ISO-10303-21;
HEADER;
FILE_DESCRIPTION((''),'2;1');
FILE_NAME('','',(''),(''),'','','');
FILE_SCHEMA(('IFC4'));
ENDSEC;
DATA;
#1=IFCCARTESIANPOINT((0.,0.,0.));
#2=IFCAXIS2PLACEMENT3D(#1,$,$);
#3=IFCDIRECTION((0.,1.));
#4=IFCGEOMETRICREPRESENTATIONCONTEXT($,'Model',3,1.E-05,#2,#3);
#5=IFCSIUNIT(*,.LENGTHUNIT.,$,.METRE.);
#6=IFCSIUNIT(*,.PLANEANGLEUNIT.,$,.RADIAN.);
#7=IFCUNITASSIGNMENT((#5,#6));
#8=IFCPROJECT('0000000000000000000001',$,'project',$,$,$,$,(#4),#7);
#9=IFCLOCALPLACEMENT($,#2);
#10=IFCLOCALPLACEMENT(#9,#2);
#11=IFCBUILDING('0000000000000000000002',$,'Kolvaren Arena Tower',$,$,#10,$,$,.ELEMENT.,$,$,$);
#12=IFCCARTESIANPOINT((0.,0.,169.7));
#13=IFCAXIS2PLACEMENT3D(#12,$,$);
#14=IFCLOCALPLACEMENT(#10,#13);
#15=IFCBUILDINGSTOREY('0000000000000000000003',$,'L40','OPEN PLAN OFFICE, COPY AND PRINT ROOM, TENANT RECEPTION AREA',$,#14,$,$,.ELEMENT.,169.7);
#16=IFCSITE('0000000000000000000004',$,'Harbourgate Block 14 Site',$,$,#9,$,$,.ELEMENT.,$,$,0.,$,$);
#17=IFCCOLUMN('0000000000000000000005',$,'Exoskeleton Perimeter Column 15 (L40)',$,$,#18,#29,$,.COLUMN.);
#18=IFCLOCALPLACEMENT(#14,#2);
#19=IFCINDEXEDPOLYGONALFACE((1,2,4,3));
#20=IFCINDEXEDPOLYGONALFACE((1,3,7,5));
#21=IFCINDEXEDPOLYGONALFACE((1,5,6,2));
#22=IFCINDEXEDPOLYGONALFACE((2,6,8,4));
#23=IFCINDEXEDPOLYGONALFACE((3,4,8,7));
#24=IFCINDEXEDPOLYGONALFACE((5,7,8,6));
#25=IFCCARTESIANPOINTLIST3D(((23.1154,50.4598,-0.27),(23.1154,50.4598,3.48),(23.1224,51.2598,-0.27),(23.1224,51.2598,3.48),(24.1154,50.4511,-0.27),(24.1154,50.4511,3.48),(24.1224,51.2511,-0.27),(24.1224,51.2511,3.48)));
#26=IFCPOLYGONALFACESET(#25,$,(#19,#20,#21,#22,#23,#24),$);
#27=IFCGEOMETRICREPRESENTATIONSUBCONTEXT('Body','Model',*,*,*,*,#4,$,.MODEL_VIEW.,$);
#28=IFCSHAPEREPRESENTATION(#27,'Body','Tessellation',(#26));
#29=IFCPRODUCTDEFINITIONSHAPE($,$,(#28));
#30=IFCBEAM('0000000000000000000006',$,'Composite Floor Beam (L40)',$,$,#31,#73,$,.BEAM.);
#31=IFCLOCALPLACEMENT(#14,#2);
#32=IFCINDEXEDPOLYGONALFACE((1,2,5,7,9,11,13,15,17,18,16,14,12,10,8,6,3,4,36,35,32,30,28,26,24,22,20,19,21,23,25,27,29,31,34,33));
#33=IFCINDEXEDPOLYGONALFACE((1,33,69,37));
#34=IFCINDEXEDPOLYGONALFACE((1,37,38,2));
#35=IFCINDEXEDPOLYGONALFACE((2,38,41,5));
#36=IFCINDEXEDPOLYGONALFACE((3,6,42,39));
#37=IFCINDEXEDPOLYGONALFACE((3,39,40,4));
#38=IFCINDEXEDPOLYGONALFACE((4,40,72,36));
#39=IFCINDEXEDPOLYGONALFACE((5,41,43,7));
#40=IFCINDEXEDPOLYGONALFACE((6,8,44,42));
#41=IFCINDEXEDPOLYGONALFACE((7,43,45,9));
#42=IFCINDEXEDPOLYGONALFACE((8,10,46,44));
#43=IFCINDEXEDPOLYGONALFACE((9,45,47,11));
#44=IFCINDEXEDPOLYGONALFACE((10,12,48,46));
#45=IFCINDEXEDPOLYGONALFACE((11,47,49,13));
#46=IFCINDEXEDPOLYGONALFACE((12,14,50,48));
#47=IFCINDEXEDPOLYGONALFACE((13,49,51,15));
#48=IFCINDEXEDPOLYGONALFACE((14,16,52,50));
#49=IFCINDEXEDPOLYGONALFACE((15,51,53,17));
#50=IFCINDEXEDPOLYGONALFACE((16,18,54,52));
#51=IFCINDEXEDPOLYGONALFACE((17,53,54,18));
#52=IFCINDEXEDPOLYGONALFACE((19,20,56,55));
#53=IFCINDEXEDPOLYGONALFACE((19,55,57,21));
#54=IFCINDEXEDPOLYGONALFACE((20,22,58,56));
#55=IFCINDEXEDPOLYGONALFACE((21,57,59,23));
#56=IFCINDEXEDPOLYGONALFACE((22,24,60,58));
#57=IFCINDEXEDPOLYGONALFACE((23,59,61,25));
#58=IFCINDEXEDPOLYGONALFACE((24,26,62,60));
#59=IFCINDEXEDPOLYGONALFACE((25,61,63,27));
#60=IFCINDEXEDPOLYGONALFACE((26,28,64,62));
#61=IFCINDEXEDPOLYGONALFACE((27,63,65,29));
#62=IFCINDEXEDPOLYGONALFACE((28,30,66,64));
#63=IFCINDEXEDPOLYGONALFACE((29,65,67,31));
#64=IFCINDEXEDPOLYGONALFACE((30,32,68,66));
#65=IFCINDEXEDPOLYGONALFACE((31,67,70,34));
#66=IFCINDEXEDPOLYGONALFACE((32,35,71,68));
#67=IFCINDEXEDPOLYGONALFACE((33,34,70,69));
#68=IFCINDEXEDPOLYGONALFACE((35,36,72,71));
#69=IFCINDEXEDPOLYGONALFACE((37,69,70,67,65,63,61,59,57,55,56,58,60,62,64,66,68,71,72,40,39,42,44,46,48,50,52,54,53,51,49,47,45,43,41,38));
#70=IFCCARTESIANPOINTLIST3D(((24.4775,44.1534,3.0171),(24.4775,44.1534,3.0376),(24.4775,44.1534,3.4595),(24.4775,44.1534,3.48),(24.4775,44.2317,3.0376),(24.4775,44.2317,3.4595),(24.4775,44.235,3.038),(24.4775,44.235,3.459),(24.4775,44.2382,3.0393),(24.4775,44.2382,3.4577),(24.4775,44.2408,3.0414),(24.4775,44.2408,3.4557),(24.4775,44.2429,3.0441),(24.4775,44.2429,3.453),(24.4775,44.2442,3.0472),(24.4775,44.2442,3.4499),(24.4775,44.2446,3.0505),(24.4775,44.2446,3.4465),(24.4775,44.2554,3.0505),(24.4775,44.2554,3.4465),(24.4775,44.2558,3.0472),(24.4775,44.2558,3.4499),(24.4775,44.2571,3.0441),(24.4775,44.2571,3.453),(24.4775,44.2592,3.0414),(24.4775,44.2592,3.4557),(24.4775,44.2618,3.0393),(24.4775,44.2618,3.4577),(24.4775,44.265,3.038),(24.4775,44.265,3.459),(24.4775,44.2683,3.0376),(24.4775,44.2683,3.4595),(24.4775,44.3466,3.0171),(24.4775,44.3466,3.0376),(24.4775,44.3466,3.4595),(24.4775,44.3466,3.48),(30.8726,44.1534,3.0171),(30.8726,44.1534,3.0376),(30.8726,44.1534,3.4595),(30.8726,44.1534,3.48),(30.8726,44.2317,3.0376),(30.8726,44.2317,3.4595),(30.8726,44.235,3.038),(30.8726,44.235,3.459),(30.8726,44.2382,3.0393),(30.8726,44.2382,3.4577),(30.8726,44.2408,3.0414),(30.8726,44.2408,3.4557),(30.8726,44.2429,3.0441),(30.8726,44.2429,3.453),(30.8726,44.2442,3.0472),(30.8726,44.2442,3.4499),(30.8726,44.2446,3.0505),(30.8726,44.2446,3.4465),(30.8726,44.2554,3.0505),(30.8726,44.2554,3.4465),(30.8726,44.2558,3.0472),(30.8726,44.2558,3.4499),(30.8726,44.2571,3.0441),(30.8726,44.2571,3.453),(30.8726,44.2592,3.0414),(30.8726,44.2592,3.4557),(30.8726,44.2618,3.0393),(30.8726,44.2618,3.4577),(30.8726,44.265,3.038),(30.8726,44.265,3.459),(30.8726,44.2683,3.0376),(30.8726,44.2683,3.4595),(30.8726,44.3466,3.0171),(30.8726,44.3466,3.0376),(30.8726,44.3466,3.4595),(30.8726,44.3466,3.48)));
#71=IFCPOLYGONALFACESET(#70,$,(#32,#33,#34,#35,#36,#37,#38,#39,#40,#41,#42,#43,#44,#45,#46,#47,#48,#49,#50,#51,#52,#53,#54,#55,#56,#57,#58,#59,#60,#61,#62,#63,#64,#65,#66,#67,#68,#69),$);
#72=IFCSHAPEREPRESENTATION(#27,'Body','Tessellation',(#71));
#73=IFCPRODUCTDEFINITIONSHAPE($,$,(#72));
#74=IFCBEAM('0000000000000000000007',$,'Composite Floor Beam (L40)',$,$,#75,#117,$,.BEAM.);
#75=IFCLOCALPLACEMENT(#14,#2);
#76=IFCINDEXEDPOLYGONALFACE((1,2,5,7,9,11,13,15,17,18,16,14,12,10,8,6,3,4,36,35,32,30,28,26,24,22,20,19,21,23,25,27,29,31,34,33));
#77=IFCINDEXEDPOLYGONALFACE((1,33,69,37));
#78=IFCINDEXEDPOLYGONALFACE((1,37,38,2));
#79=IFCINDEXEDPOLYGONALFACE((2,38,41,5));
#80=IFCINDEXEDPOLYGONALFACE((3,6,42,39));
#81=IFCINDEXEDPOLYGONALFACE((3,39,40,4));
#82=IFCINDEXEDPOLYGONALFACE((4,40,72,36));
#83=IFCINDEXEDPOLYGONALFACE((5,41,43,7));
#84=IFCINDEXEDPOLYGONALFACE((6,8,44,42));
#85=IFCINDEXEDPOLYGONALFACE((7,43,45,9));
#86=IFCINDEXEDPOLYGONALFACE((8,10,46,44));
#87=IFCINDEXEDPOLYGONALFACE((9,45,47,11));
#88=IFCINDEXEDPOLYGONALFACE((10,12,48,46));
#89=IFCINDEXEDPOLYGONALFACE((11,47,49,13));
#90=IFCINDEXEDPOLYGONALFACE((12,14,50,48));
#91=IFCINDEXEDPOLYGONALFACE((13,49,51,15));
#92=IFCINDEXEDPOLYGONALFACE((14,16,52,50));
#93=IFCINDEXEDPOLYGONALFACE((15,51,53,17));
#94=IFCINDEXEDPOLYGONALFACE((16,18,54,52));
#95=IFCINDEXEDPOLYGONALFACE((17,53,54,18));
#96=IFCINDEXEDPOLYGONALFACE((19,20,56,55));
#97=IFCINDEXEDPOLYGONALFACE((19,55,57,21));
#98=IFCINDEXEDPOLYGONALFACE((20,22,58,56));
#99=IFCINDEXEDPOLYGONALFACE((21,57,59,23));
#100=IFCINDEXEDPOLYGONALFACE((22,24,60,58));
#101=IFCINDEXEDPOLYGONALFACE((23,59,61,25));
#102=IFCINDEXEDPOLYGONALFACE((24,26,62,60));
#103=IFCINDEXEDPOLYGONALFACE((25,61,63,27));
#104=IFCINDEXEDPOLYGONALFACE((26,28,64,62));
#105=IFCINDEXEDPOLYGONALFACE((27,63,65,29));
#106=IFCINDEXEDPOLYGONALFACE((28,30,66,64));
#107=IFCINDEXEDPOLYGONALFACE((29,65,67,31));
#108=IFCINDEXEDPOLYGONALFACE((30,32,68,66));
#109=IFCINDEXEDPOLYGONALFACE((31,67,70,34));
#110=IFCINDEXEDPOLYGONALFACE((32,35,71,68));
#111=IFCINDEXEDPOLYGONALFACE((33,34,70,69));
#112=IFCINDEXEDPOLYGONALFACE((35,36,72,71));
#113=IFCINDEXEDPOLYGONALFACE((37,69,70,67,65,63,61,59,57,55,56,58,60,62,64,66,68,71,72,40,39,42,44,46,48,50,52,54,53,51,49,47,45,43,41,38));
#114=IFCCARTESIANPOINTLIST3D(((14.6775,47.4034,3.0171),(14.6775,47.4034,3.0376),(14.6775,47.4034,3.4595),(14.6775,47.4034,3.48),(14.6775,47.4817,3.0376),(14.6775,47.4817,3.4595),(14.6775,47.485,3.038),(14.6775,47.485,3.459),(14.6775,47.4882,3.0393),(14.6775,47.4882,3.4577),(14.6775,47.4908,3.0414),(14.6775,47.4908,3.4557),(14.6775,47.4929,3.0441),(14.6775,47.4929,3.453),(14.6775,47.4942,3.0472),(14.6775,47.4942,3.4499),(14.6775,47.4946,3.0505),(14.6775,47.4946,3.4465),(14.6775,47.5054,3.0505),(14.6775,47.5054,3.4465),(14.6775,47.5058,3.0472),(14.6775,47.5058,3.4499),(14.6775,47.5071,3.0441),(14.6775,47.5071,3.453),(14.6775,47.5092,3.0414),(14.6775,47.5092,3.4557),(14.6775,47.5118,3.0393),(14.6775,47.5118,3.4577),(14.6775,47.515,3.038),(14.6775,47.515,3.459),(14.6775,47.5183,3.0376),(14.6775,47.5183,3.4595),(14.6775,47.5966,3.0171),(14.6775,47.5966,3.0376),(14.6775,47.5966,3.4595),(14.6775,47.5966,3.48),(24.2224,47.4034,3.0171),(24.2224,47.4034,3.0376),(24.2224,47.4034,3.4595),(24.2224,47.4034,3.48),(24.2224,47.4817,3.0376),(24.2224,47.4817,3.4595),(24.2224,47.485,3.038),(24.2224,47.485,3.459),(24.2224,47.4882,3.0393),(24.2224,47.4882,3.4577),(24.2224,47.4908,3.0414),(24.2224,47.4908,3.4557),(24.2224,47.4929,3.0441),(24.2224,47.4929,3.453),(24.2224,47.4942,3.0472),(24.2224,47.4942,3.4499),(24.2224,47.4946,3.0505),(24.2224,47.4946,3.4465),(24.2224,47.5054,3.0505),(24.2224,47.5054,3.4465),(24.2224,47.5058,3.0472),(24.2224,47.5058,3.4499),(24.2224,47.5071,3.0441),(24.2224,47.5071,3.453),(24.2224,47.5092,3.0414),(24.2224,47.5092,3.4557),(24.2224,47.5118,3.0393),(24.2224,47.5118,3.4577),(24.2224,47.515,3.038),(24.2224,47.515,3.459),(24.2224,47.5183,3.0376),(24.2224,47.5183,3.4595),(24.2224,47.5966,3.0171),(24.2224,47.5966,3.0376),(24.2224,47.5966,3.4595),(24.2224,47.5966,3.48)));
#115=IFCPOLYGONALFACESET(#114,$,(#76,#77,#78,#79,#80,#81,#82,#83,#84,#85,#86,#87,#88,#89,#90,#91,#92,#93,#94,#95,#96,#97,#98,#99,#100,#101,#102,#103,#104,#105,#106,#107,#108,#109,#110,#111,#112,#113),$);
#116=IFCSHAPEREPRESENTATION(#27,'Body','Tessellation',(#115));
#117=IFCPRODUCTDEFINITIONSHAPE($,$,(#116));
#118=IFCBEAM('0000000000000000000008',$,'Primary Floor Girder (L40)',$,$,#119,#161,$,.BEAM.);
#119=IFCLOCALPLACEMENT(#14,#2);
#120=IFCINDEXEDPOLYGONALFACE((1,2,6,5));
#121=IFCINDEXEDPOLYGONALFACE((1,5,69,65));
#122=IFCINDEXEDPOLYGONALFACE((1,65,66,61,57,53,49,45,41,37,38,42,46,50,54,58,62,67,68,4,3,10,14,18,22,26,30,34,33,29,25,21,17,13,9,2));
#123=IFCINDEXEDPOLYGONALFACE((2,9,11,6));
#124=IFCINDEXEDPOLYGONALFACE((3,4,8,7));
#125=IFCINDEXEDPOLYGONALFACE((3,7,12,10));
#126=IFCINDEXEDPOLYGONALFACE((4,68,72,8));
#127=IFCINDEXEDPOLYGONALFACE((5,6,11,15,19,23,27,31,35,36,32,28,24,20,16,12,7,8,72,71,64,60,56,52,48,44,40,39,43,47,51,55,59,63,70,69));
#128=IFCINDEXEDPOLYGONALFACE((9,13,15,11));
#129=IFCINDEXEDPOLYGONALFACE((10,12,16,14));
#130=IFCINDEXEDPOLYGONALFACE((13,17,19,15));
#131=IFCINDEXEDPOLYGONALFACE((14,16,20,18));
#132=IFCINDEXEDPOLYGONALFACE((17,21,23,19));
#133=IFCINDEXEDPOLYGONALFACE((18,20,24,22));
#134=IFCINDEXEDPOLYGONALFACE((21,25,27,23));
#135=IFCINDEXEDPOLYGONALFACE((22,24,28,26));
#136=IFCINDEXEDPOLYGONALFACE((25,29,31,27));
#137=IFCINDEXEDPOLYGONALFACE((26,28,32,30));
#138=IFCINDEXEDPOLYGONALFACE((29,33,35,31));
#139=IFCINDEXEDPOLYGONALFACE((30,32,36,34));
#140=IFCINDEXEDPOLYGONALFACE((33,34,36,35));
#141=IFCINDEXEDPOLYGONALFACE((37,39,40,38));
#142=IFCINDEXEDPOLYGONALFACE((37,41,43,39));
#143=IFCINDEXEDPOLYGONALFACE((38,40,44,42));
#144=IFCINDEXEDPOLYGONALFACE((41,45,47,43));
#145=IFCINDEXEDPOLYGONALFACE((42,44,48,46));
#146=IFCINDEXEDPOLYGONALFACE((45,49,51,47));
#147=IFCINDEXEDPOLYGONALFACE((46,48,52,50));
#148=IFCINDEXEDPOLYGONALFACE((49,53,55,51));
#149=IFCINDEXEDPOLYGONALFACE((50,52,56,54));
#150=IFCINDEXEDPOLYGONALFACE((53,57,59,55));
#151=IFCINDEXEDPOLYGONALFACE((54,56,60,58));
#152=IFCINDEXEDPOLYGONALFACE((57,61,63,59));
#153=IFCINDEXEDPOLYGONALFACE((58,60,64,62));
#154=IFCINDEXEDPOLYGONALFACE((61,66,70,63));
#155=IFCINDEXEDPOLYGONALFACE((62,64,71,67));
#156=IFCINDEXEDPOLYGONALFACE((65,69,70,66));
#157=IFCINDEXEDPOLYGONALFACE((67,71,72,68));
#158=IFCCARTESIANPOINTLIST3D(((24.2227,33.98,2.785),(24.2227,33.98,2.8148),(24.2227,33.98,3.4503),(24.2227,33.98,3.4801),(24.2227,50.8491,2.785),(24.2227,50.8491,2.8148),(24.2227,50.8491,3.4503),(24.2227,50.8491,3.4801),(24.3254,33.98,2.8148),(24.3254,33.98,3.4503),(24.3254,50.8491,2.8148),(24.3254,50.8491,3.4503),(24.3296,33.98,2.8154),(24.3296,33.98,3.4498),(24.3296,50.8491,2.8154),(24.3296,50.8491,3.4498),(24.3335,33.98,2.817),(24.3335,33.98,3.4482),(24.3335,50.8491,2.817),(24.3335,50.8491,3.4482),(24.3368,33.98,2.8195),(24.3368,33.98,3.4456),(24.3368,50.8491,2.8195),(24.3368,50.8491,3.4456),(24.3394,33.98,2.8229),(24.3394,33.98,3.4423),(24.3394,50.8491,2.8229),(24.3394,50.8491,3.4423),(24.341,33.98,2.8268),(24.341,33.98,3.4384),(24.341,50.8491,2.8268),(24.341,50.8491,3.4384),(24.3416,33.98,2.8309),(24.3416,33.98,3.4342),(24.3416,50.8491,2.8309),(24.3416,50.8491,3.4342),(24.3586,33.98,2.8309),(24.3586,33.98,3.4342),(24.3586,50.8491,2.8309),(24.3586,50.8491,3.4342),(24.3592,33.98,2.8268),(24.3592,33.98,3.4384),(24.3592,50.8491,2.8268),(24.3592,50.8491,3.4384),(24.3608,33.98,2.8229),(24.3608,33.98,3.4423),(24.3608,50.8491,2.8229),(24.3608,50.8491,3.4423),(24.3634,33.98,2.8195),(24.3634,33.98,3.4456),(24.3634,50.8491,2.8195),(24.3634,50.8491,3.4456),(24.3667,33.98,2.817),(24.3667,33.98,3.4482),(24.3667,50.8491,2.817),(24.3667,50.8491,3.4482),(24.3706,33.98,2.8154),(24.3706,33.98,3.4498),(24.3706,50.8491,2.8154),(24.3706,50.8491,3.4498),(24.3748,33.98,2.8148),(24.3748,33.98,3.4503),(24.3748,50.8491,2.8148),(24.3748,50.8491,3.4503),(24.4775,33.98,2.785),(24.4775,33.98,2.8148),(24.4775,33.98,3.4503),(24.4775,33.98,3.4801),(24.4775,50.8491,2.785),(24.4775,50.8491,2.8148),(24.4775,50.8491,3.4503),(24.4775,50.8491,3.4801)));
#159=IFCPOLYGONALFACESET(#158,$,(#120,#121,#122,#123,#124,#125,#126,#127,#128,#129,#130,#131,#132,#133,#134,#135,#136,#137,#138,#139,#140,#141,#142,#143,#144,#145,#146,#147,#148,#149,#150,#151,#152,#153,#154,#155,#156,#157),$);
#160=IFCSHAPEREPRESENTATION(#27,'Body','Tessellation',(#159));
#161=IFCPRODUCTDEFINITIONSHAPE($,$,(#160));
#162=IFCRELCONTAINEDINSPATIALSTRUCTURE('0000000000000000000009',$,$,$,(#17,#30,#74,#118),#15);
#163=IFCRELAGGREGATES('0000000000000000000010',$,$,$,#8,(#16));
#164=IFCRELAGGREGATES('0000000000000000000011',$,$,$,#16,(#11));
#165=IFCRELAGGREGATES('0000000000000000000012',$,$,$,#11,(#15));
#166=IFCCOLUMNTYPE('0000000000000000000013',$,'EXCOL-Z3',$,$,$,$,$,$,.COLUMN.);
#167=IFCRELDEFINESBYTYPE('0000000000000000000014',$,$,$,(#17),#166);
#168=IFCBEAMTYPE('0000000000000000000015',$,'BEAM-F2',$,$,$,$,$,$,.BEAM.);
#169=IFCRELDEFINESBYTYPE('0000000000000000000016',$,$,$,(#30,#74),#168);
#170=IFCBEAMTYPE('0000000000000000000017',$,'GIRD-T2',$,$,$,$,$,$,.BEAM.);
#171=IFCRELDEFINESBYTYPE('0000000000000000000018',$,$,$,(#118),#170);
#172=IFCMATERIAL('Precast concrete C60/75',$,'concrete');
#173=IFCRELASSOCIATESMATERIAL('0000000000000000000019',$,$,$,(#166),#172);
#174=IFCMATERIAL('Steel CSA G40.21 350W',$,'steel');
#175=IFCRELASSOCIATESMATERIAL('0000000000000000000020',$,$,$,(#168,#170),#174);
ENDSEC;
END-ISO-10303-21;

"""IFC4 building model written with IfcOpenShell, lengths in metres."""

from ifc_helpers import new_model, si_unit, direction, frame, origin, origin_2d, place, context, subcontext, project, spatial, rectangle, i_section, extrude, material, material_profile, profile_set, type_object, element, save


model = new_model("IFC4")

# Units and contexts
model_context = context("Model", 3, precision=1e-05, world=origin(), true_north=direction((0.0, 1.0)))
body_context = subcontext(model_context, "Body", "Model", "MODEL_VIEW")
ifc_project = project(units=[si_unit("LENGTHUNIT", "METRE"), si_unit("PLANEANGLEUNIT", "RADIAN")], contexts=[model_context])

# Site, building, storey
site_placement = place(None, origin())
site = spatial("IfcSite", under=ifc_project, at=site_placement, Name="Harbourgate Block 14 Site", CompositionType="ELEMENT", RefElevation=0.0)
building_placement = place(site_placement, origin())
building = spatial("IfcBuilding", under=site, at=building_placement, Name="Kolvaren Arena Tower", CompositionType="ELEMENT")
storey_placement = place(building_placement, frame((0.0, 0.0, 169.7)))
storey = spatial("IfcBuildingStorey", under=building, at=storey_placement, Name="L40", Description="OPEN PLAN OFFICE, COPY AND PRINT ROOM, TENANT RECEPTION AREA", CompositionType="ELEMENT", Elevation=169.7)

# Column
ifc_material_1 = material(Name="Precast concrete C60/75", Category="concrete")
ifc_material_profile_1 = material_profile(ifc_material_1, rectangle(XDim=1.0, YDim=0.8, at=origin_2d()), Name="RC-1000x800")
ifc_profile_set_1 = profile_set([ifc_material_profile_1], Name="Precast concrete C60/75")
column_type = type_object("IfcColumnType", Name="EXCOL-Z3", PredefinedType="COLUMN", material=ifc_profile_set_1)
column_placement = place(storey_placement, frame((23.6189, 50.8555, -0.27), z_axis=(0.0, 0.0, 1.0), x_axis=(0.999962, -0.008727, 0.0)))
element("IfcColumn", 1, at=column_placement, inside=storey, type_object=column_type, Name="Exoskeleton Perimeter Column 15 (L40)", PredefinedType="COLUMN", context=body_context, shape_type="SweptSolid", body=[
    extrude(rectangle(XDim=1.0, YDim=0.8, at=origin_2d()), origin(), (0.0, 0.0, 1.0), 3.75),
])

# Beams
ifc_material_2 = material(Name="Steel CSA G40.21 350W", Category="steel")
ifc_material_profile_2 = material_profile(ifc_material_2, i_section(OverallWidth=0.1931, OverallDepth=0.4629, WebThickness=0.0107, FlangeThickness=0.0205, FilletRadius=0.0129, at=origin_2d()), Name="W460x113")
ifc_profile_set_2 = profile_set([ifc_material_profile_2], Name="Steel CSA G40.21 350W")
beam_type_1 = type_object("IfcBeamType", Name="BEAM-F2", PredefinedType="BEAM", material=ifc_profile_set_2)
beam_1_placement = place(storey_placement, frame((24.4775, 44.25, 3.2485), z_axis=(1.0, 0.0, 0.0), x_axis=(0.0, 1.0, 0.0)))
element("IfcBeam", 2, at=beam_1_placement, inside=storey, type_object=beam_type_1, Name="Composite Floor Beam (L40)", PredefinedType="BEAM", context=body_context, shape_type="SweptSolid", body=[
    extrude(i_section(OverallWidth=0.1931, OverallDepth=0.4629, WebThickness=0.0107, FlangeThickness=0.0205, FilletRadius=0.0129, at=origin_2d()), origin(), (0.0, 0.0, 1.0), 6.395),
])
beam_2_placement = place(storey_placement, frame((14.6775, 47.5, 3.2485), z_axis=(1.0, 0.0, 0.0), x_axis=(0.0, 1.0, 0.0)))
element("IfcBeam", 3, at=beam_2_placement, inside=storey, type_object=beam_type_1, Name="Composite Floor Beam (L40)", PredefinedType="BEAM", context=body_context, shape_type="SweptSolid", body=[
    extrude(i_section(OverallWidth=0.1931, OverallDepth=0.4629, WebThickness=0.0107, FlangeThickness=0.0205, FilletRadius=0.0129, at=origin_2d()), origin(), (0.0, 0.0, 1.0), 9.5449),
])
ifc_material_profile_3 = material_profile(ifc_material_2, i_section(OverallWidth=0.2549, OverallDepth=0.6951, WebThickness=0.0171, FlangeThickness=0.0298, FilletRadius=0.0161, at=origin_2d()), Name="W690x217")
ifc_profile_set_3 = profile_set([ifc_material_profile_3], Name="Steel CSA G40.21 350W")
beam_type_2 = type_object("IfcBeamType", Name="GIRD-T2", PredefinedType="BEAM", material=ifc_profile_set_3)
beam_3_placement = place(storey_placement, frame((24.3501, 33.98, 3.1326), z_axis=(0.0, 1.0, 0.0), x_axis=(-1.0, 0.0, 0.0)))
element("IfcBeam", 4, at=beam_3_placement, inside=storey, type_object=beam_type_2, Name="Primary Floor Girder (L40)", PredefinedType="BEAM", context=body_context, shape_type="SweptSolid", body=[
    extrude(i_section(OverallWidth=0.2549, OverallDepth=0.6951, WebThickness=0.0171, FlangeThickness=0.0298, FilletRadius=0.0161, at=origin_2d()), origin(), (0.0, 0.0, 1.0), 16.8691),
])

save(model, "model.ifc")
